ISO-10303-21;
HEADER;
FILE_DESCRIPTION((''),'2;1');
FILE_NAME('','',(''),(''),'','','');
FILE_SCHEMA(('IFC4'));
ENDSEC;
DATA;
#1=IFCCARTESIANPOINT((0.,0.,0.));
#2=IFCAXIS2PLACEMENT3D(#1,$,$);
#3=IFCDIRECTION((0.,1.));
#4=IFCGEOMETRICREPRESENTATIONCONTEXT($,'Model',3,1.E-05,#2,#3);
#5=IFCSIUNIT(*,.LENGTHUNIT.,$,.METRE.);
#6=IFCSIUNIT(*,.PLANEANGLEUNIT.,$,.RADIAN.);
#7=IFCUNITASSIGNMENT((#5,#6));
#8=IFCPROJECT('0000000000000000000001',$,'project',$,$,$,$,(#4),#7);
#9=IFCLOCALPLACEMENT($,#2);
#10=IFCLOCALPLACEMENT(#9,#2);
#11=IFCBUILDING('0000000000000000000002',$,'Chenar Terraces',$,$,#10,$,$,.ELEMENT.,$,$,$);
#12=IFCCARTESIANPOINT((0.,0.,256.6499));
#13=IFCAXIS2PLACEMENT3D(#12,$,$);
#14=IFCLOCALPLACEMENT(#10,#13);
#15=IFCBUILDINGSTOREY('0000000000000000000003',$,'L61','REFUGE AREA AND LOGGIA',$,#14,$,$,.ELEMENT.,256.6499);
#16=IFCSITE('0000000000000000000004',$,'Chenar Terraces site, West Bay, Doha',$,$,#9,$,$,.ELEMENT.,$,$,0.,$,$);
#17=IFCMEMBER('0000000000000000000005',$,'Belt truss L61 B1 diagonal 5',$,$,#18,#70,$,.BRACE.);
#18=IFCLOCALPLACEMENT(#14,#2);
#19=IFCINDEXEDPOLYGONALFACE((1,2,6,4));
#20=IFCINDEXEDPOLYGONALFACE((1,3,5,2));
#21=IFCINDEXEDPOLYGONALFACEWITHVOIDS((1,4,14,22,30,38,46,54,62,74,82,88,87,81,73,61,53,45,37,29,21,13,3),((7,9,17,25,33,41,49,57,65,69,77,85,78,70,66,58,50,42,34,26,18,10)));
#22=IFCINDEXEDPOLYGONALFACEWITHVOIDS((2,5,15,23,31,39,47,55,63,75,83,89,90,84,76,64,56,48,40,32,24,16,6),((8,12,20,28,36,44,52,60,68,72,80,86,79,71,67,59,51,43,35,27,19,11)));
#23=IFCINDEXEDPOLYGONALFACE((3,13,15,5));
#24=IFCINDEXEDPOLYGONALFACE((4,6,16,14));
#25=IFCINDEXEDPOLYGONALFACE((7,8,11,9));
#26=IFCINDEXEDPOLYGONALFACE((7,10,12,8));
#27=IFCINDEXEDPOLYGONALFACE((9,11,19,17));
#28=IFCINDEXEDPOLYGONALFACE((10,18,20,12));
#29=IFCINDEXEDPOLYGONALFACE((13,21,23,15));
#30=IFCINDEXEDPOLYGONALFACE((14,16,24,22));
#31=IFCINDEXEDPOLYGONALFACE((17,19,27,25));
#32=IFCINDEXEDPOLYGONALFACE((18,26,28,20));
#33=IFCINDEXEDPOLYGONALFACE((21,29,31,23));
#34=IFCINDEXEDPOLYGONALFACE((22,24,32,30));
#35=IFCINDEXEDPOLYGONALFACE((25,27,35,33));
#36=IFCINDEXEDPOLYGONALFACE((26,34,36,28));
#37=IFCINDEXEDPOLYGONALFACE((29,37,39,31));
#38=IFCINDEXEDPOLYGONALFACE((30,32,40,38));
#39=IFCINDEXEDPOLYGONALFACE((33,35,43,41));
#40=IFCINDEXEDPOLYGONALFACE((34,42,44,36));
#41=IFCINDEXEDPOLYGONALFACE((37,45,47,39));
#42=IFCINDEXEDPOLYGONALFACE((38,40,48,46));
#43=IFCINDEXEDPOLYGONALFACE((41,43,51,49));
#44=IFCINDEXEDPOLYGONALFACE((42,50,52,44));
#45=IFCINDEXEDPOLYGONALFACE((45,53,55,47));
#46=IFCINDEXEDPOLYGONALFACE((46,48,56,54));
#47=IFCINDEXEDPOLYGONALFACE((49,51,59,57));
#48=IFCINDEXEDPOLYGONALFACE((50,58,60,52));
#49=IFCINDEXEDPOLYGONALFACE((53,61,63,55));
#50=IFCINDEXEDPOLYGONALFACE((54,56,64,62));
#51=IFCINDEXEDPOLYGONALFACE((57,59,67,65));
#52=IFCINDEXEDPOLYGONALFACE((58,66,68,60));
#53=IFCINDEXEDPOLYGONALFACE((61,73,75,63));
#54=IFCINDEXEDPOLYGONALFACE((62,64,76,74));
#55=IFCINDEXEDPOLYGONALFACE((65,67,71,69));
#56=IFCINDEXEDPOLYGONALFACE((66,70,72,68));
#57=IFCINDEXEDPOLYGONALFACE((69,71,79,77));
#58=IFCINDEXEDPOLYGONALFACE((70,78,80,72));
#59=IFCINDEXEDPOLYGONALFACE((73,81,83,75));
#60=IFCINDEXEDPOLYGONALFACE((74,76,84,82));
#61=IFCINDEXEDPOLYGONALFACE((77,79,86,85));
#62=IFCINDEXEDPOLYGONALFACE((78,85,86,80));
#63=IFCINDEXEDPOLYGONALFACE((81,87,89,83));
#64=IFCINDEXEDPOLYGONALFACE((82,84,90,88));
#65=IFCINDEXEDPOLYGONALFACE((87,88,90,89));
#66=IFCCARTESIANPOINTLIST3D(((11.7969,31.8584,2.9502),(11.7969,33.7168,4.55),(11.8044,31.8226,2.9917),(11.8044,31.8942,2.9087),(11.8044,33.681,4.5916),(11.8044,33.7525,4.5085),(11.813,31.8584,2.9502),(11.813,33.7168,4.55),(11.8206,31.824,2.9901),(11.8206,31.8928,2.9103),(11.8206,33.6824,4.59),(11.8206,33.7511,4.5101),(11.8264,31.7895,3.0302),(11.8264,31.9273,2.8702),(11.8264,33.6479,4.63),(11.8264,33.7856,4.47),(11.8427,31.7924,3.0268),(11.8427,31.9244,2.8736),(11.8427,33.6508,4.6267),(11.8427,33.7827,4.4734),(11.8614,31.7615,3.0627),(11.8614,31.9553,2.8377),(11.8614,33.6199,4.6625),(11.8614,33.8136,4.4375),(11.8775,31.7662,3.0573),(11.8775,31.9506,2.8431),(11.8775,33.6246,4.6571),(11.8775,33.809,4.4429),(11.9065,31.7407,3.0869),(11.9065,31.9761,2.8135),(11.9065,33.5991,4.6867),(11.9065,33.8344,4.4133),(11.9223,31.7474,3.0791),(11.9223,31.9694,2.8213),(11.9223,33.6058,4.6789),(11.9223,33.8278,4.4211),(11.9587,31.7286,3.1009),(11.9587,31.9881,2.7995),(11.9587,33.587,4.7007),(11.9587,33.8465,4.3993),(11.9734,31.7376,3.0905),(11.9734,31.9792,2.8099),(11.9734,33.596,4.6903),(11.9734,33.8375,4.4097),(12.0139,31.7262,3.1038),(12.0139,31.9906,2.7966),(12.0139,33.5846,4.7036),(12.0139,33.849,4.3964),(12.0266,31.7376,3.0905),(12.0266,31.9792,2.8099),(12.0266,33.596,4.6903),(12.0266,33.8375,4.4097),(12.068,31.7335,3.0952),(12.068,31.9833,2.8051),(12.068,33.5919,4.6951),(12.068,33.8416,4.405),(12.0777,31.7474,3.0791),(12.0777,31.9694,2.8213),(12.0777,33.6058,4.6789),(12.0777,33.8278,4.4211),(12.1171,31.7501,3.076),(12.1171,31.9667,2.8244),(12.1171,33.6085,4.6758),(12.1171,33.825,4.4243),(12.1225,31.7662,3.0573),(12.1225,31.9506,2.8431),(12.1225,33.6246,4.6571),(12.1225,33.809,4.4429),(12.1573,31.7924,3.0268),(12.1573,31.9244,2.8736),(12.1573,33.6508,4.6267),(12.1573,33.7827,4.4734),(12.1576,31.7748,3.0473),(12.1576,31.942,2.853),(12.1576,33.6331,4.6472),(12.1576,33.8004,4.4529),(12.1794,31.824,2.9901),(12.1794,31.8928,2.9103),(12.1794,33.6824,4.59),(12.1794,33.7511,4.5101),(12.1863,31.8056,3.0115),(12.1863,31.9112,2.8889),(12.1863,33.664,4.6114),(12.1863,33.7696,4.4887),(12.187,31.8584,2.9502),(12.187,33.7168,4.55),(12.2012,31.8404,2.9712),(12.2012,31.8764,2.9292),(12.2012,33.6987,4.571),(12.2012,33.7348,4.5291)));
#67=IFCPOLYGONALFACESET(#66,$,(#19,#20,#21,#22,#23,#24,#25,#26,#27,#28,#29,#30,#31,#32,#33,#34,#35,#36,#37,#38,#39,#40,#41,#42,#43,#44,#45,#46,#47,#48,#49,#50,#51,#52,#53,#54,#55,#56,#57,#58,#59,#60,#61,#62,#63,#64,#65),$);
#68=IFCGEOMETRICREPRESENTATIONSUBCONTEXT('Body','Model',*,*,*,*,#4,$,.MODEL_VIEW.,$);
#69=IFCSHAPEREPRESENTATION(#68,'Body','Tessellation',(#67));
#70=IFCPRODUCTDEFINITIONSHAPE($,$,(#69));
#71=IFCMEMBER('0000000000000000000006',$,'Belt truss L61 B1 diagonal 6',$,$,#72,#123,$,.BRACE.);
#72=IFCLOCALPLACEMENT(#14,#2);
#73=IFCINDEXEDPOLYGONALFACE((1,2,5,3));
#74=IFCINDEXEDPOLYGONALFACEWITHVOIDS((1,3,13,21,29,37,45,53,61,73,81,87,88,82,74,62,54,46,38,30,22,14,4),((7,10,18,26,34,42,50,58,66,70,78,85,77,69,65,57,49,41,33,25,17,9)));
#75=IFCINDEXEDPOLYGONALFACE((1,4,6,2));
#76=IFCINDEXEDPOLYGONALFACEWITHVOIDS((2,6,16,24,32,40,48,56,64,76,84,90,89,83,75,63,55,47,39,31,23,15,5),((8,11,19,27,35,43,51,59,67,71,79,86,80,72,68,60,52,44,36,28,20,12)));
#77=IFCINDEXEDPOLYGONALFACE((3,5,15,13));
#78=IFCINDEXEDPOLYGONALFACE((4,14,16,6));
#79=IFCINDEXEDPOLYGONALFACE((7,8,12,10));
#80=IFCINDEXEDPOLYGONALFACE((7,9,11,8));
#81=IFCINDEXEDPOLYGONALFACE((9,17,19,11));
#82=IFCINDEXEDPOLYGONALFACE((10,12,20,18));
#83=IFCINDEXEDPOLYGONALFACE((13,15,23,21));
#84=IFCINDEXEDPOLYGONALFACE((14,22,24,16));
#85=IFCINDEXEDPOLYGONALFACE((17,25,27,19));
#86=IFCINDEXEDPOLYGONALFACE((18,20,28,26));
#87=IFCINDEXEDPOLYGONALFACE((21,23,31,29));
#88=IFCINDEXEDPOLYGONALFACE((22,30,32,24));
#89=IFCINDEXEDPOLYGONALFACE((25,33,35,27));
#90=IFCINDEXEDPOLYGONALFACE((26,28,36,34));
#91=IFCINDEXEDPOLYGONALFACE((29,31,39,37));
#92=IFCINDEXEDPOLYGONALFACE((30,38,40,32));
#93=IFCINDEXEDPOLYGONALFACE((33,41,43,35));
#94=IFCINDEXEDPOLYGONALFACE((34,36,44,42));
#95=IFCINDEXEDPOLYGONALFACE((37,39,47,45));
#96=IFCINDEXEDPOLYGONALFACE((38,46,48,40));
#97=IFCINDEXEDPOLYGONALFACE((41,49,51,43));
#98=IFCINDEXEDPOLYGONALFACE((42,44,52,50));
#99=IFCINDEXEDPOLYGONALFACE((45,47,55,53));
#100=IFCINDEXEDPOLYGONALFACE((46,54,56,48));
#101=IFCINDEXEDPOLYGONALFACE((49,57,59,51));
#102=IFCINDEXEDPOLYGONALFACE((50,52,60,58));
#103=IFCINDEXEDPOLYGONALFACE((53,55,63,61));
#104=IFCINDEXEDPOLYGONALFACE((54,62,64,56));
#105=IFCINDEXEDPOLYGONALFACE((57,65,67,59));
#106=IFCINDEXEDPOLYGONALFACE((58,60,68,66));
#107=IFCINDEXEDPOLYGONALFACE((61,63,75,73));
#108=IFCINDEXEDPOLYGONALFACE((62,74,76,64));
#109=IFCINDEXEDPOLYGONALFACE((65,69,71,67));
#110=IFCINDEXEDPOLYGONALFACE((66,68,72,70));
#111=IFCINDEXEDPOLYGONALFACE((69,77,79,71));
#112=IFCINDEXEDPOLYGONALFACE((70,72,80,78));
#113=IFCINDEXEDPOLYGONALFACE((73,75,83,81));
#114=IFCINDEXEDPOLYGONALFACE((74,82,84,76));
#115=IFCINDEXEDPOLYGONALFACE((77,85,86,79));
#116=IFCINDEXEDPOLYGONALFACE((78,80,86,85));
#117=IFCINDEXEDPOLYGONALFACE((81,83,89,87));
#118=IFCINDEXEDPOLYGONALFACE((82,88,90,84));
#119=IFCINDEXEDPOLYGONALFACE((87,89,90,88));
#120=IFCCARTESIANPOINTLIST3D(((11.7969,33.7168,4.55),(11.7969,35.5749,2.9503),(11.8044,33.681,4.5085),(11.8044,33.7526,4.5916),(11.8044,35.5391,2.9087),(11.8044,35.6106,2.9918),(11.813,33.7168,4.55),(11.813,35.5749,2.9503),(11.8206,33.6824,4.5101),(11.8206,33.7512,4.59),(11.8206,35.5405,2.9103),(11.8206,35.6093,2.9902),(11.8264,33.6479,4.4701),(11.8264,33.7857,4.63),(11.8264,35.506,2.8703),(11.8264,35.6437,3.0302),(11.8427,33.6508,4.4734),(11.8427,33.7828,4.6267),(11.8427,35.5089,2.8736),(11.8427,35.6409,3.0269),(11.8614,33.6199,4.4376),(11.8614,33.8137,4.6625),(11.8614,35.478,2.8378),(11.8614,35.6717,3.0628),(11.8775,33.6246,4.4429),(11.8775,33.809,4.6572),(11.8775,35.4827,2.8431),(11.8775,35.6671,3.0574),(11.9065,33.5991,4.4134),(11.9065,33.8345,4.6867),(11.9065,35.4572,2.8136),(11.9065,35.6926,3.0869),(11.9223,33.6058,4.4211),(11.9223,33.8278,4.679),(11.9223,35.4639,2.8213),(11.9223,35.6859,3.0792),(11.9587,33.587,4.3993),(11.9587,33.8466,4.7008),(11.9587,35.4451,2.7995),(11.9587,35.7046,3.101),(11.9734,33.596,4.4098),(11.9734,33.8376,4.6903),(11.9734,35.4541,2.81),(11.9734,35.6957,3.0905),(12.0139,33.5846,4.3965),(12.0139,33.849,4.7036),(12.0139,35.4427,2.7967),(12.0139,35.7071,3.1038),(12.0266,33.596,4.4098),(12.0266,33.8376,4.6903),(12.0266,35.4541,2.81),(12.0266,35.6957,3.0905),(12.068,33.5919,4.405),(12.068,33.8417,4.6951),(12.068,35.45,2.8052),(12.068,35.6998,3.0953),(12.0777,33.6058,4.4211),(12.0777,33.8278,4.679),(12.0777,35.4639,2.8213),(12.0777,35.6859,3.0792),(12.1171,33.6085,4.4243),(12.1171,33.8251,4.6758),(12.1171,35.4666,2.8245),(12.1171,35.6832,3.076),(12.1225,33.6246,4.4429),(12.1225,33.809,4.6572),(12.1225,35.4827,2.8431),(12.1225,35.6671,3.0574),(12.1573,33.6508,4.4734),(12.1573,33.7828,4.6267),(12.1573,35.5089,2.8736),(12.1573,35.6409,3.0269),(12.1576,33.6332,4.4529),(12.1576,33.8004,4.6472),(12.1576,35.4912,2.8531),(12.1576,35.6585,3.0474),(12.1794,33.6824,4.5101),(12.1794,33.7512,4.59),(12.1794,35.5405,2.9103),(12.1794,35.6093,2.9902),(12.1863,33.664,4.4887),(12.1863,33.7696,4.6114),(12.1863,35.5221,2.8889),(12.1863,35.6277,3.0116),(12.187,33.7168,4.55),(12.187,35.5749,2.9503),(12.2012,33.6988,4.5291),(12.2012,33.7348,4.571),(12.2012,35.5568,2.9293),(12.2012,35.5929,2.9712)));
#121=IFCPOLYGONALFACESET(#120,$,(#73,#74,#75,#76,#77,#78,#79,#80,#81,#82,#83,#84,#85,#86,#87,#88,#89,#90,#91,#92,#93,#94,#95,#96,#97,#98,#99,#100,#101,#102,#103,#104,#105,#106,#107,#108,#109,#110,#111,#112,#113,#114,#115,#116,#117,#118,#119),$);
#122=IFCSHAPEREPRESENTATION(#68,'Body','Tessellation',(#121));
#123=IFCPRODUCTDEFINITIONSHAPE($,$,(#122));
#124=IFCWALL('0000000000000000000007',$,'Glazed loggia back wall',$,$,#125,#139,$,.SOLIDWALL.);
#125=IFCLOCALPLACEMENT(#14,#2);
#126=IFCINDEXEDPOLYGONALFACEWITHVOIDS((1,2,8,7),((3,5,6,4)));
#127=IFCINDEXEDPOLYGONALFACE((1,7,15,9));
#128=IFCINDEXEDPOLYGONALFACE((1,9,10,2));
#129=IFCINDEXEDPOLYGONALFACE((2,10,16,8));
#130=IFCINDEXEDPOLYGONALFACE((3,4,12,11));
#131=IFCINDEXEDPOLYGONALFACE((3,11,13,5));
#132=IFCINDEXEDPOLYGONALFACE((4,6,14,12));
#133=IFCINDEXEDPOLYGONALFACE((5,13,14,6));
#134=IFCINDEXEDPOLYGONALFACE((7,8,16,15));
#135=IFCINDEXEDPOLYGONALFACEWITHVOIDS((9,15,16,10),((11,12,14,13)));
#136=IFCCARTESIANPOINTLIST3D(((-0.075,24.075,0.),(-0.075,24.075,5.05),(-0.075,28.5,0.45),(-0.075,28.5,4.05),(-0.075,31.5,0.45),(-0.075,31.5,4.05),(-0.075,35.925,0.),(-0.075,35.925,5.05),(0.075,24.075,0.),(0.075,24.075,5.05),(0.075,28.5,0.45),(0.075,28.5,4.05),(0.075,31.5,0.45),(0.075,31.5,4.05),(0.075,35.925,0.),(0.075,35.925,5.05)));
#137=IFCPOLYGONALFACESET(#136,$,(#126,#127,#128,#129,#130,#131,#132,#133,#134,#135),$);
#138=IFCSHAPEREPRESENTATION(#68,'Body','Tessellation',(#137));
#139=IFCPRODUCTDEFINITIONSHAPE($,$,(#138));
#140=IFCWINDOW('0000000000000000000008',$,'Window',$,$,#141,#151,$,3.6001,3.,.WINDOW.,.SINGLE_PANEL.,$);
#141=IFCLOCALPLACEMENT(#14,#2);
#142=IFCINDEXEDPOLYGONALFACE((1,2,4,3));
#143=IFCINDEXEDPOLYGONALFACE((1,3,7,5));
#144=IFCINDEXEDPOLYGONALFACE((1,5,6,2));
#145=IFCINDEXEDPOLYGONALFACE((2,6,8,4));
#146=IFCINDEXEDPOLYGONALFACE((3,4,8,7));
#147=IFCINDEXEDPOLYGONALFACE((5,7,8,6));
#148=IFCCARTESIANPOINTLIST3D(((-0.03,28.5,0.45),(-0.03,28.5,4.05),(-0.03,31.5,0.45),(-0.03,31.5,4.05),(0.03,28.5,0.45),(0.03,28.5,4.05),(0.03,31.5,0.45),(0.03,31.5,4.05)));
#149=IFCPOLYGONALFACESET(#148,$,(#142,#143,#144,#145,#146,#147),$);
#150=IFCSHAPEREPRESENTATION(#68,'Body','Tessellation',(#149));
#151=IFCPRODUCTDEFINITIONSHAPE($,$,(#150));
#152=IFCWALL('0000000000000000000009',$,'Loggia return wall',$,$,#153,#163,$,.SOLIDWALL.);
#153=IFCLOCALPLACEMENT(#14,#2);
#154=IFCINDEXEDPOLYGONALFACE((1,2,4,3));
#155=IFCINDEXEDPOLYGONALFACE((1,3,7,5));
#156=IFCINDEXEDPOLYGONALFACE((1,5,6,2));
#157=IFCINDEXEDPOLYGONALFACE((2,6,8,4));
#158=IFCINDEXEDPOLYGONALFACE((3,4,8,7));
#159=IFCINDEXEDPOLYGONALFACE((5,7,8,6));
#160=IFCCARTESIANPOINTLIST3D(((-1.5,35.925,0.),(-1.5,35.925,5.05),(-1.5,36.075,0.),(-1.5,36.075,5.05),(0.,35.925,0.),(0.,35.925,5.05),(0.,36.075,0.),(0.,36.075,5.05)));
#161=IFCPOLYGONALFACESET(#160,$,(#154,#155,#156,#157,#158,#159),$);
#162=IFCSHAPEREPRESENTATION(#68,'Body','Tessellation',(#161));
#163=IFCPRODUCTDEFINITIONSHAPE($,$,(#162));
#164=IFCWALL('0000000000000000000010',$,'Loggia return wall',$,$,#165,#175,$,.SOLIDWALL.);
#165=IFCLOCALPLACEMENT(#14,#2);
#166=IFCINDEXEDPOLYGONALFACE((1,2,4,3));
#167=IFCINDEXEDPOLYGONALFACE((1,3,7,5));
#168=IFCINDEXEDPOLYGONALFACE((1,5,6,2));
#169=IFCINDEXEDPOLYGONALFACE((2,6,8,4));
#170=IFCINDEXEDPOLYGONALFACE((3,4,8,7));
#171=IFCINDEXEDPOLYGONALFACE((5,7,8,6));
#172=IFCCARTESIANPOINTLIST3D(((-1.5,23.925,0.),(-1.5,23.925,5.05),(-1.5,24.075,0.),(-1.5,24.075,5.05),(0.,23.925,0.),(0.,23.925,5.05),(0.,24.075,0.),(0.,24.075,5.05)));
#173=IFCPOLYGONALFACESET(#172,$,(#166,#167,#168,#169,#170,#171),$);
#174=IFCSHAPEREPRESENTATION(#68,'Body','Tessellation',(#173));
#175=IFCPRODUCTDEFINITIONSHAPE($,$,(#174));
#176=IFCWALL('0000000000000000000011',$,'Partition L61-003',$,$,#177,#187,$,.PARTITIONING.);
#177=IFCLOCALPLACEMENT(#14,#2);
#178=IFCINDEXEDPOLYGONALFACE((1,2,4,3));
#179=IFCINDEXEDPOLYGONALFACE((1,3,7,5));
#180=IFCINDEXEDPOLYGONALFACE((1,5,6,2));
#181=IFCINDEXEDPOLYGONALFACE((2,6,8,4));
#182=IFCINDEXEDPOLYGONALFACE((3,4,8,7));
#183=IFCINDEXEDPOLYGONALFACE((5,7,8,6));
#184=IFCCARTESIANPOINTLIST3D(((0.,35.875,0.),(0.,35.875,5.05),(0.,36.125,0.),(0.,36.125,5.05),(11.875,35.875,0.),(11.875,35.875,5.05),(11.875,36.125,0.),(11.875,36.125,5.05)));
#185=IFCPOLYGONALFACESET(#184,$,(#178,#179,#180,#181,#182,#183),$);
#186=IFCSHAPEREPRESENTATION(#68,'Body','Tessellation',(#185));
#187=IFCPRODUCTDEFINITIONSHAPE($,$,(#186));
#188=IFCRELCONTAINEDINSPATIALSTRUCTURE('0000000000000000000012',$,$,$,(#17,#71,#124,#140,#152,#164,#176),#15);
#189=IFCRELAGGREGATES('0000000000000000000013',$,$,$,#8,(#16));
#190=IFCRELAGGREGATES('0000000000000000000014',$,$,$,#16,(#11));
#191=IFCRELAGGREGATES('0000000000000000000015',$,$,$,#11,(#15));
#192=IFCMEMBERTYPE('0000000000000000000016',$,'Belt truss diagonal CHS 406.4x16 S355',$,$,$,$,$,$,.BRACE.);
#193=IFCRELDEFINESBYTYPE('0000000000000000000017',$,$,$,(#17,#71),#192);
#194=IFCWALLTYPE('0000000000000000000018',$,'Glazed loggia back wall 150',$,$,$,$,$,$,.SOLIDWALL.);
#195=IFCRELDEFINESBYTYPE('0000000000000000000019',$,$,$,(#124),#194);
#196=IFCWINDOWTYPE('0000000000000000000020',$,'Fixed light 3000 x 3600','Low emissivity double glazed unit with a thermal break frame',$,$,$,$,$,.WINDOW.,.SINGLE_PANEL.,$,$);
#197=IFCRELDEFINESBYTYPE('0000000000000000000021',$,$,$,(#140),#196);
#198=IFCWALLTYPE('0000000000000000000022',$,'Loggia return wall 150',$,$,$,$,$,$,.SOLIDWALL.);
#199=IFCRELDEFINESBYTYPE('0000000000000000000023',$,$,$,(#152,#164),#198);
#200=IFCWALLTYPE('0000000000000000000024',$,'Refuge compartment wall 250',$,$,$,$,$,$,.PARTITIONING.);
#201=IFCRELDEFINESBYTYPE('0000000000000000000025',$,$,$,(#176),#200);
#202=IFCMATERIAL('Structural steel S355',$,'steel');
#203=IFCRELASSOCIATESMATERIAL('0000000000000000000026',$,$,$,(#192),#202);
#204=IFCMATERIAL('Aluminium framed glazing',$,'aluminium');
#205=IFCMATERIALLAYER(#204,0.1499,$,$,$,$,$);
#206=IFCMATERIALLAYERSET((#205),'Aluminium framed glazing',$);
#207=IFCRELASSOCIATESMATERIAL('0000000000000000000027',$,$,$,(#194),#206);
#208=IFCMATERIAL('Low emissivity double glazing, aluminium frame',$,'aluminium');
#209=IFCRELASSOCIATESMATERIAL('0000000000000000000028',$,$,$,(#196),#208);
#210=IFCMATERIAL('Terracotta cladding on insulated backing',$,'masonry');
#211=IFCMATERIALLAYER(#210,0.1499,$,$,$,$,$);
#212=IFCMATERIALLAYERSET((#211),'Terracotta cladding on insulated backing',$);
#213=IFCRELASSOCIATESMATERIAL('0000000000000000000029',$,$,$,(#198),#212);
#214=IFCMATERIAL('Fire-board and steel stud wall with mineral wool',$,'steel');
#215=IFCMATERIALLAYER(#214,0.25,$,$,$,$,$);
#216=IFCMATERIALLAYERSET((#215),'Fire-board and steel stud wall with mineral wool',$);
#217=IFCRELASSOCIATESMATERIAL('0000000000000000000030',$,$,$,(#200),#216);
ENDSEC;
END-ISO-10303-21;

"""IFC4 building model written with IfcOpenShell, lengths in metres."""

from ifc_helpers import new_model, si_unit, direction, frame, frame_2d, origin, origin_2d, place, context, subcontext, project, spatial, rectangle, hollow_circle, extrude, material, layer, layer_set, material_profile, profile_set, type_object, element, fill, save


model = new_model("IFC4")

# Units and contexts
model_context = context("Model", 3, precision=1e-05, world=origin(), true_north=direction((0.0, 1.0)))
body_context = subcontext(model_context, "Body", "Model", "MODEL_VIEW")
ifc_project = project(units=[si_unit("LENGTHUNIT", "METRE"), si_unit("PLANEANGLEUNIT", "RADIAN")], contexts=[model_context])

# Site, building, storey
site_placement = place(None, origin())
site = spatial("IfcSite", under=ifc_project, at=site_placement, Name="Chenar Terraces site, West Bay, Doha", CompositionType="ELEMENT", RefElevation=0.0)
building_placement = place(site_placement, origin())
building = spatial("IfcBuilding", under=site, at=building_placement, Name="Chenar Terraces", CompositionType="ELEMENT")
storey_placement = place(building_placement, frame((0.0, 0.0, 256.6499)))
storey = spatial("IfcBuildingStorey", under=building, at=storey_placement, Name="L61", Description="REFUGE AREA AND LOGGIA", CompositionType="ELEMENT", Elevation=256.6499)

# Shared definitions
placement = place(storey_placement, frame((0.0, 36.0, 0.0), z_axis=(0.0, 0.0, 1.0), x_axis=(1.0, 0.0, 0.0)))

# Members
ifc_material_1 = material(Name="Structural steel S355", Category="steel")
ifc_material_profile_1 = material_profile(ifc_material_1, hollow_circle(Radius=0.2031, WallThickness=0.0161, at=origin_2d()), Name="CHS 406.4x16")
ifc_profile_set_1 = profile_set([ifc_material_profile_1], Name="Structural steel S355")
member_type = type_object("IfcMemberType", Name="Belt truss diagonal CHS 406.4x16 S355", PredefinedType="BRACE", material=ifc_profile_set_1)
for number, where, z_axis, x_axis, name in (
    (1, (12.0, 31.8584, 2.9502), (0.0, 0.757856, 0.652421), (-1.0, 0.0, 0.0), "Belt truss L61 B1 diagonal 5"),
):
    element("IfcMember", number, at=place(storey_placement, frame(where, z_axis=z_axis, x_axis=x_axis)), inside=storey, type_object=member_type, Name=name, PredefinedType="BRACE", context=body_context, shape_type="SweptSolid", body=[
        extrude(hollow_circle(Radius=0.2031, WallThickness=0.0161, at=origin_2d()), origin(), (0.0, 0.0, 1.0), 2.4521),
    ])
member_1_placement = place(storey_placement, frame((12.0, 33.7168, 4.55), z_axis=(0.0, 0.757814, -0.652471), x_axis=(-1.0, 0.0, 0.0)))
element("IfcMember", 2, at=member_1_placement, inside=storey, type_object=member_type, Name="Belt truss L61 B1 diagonal 6", PredefinedType="BRACE", context=body_context, shape_type="SweptSolid", body=[
    extrude(hollow_circle(Radius=0.2031, WallThickness=0.0161, at=origin_2d()), origin(), (0.0, 0.0, 1.0), 2.4519),
])

# Wall, opening, window
ifc_material_2 = material(Name="Aluminium framed glazing", Category="aluminium")
ifc_layer_1 = layer(ifc_material_2, 0.1499)
ifc_layer_set_1 = layer_set([ifc_layer_1], Name="Aluminium framed glazing")
wall_type_1 = type_object("IfcWallType", Name="Glazed loggia back wall 150", PredefinedType="SOLIDWALL", material=ifc_layer_set_1)
wall_1_placement = place(storey_placement, frame((0.0, 35.925, 0.0), z_axis=(0.0, 0.0, 1.0), x_axis=(0.0, -1.0, 0.0)))
wall_1 = element("IfcWall", 3, at=wall_1_placement, inside=storey, type_object=wall_type_1, Name="Glazed loggia back wall", PredefinedType="SOLIDWALL", context=body_context, shape_type="SweptSolid", body=[
    extrude(rectangle(XDim=11.8501, YDim=0.1499, at=frame_2d((5.925, 0.0))), origin(), (0.0, 0.0, 1.0), 5.05),
])
opening_placement = place(wall_1_placement, frame((4.425, 0.0, 0.45)))
opening = element("IfcOpeningElement", 4, at=opening_placement, cuts=wall_1, PredefinedType="OPENING", context=body_context, shape_type="SweptSolid", body=[
    extrude(rectangle(XDim=3.0, YDim=3.6001, at=frame_2d((1.5, 1.8))), frame((0.0, 0.085, 0.0), z_axis=(0.0, -1.0, 0.0), x_axis=(1.0, 0.0, 0.0)), (0.0, 0.0, 1.0), 0.1699),
])
ifc_material_3 = material(Name="Low emissivity double glazing, aluminium frame", Category="aluminium")
window_type = type_object("IfcWindowType", Name="Fixed light 3000 x 3600", Description="Low emissivity double glazed unit with a thermal break frame", PartitioningType="SINGLE_PANEL", PredefinedType="WINDOW", material=ifc_material_3)
window_placement = place(opening_placement, origin())
window = element("IfcWindow", 5, at=window_placement, inside=storey, type_object=window_type, Name="Window", OverallHeight=3.6001, OverallWidth=3.0, PartitioningType="SINGLE_PANEL", PredefinedType="WINDOW", context=body_context, shape_type="SweptSolid", body=[
    extrude(rectangle(XDim=3.0, YDim=3.6001, at=frame_2d((1.5, 1.8))), frame((0.0, 0.03, 0.0), z_axis=(0.0, -1.0, 0.0), x_axis=(1.0, 0.0, 0.0)), (0.0, 0.0, 1.0), 0.0601),
])
fill(opening, window)

# Walls
ifc_material_4 = material(Name="Terracotta cladding on insulated backing", Category="masonry")
ifc_layer_2 = layer(ifc_material_4, 0.1499)
ifc_layer_set_2 = layer_set([ifc_layer_2], Name="Terracotta cladding on insulated backing")
wall_type_2 = type_object("IfcWallType", Name="Loggia return wall 150", PredefinedType="SOLIDWALL", material=ifc_layer_set_2)
for number, where, z_axis, x_axis, name in (
    (6, (-1.5, 36.0, 0.0), (0.0, 0.0, 1.0), (1.0, 0.0, 0.0), "Loggia return wall"),
    (7, (-1.5, 24.0, 0.0), (0.0, 0.0, 1.0), (1.0, 0.0, 0.0), "Loggia return wall"),
):
    element("IfcWall", number, at=place(storey_placement, frame(where, z_axis=z_axis, x_axis=x_axis)), inside=storey, type_object=wall_type_2, Name=name, PredefinedType="SOLIDWALL", context=body_context, shape_type="SweptSolid", body=[
        extrude(rectangle(XDim=1.5, YDim=0.1499, at=frame_2d((0.75, 0.0))), origin(), (0.0, 0.0, 1.0), 5.05),
    ])
ifc_material_5 = material(Name="Fire-board and steel stud wall with mineral wool", Category="steel")
ifc_layer_3 = layer(ifc_material_5, 0.25)
ifc_layer_set_3 = layer_set([ifc_layer_3], Name="Fire-board and steel stud wall with mineral wool")
wall_type_3 = type_object("IfcWallType", Name="Refuge compartment wall 250", PredefinedType="PARTITIONING", material=ifc_layer_set_3)
element("IfcWall", 8, at=placement, inside=storey, type_object=wall_type_3, Name="Partition L61-003", PredefinedType="PARTITIONING", context=body_context, shape_type="SweptSolid", body=[
    extrude(rectangle(XDim=11.875, YDim=0.25, at=frame_2d((5.9375, 0.0))), origin(), (0.0, 0.0, 1.0), 5.05),
])

save(model, "model.ifc")
